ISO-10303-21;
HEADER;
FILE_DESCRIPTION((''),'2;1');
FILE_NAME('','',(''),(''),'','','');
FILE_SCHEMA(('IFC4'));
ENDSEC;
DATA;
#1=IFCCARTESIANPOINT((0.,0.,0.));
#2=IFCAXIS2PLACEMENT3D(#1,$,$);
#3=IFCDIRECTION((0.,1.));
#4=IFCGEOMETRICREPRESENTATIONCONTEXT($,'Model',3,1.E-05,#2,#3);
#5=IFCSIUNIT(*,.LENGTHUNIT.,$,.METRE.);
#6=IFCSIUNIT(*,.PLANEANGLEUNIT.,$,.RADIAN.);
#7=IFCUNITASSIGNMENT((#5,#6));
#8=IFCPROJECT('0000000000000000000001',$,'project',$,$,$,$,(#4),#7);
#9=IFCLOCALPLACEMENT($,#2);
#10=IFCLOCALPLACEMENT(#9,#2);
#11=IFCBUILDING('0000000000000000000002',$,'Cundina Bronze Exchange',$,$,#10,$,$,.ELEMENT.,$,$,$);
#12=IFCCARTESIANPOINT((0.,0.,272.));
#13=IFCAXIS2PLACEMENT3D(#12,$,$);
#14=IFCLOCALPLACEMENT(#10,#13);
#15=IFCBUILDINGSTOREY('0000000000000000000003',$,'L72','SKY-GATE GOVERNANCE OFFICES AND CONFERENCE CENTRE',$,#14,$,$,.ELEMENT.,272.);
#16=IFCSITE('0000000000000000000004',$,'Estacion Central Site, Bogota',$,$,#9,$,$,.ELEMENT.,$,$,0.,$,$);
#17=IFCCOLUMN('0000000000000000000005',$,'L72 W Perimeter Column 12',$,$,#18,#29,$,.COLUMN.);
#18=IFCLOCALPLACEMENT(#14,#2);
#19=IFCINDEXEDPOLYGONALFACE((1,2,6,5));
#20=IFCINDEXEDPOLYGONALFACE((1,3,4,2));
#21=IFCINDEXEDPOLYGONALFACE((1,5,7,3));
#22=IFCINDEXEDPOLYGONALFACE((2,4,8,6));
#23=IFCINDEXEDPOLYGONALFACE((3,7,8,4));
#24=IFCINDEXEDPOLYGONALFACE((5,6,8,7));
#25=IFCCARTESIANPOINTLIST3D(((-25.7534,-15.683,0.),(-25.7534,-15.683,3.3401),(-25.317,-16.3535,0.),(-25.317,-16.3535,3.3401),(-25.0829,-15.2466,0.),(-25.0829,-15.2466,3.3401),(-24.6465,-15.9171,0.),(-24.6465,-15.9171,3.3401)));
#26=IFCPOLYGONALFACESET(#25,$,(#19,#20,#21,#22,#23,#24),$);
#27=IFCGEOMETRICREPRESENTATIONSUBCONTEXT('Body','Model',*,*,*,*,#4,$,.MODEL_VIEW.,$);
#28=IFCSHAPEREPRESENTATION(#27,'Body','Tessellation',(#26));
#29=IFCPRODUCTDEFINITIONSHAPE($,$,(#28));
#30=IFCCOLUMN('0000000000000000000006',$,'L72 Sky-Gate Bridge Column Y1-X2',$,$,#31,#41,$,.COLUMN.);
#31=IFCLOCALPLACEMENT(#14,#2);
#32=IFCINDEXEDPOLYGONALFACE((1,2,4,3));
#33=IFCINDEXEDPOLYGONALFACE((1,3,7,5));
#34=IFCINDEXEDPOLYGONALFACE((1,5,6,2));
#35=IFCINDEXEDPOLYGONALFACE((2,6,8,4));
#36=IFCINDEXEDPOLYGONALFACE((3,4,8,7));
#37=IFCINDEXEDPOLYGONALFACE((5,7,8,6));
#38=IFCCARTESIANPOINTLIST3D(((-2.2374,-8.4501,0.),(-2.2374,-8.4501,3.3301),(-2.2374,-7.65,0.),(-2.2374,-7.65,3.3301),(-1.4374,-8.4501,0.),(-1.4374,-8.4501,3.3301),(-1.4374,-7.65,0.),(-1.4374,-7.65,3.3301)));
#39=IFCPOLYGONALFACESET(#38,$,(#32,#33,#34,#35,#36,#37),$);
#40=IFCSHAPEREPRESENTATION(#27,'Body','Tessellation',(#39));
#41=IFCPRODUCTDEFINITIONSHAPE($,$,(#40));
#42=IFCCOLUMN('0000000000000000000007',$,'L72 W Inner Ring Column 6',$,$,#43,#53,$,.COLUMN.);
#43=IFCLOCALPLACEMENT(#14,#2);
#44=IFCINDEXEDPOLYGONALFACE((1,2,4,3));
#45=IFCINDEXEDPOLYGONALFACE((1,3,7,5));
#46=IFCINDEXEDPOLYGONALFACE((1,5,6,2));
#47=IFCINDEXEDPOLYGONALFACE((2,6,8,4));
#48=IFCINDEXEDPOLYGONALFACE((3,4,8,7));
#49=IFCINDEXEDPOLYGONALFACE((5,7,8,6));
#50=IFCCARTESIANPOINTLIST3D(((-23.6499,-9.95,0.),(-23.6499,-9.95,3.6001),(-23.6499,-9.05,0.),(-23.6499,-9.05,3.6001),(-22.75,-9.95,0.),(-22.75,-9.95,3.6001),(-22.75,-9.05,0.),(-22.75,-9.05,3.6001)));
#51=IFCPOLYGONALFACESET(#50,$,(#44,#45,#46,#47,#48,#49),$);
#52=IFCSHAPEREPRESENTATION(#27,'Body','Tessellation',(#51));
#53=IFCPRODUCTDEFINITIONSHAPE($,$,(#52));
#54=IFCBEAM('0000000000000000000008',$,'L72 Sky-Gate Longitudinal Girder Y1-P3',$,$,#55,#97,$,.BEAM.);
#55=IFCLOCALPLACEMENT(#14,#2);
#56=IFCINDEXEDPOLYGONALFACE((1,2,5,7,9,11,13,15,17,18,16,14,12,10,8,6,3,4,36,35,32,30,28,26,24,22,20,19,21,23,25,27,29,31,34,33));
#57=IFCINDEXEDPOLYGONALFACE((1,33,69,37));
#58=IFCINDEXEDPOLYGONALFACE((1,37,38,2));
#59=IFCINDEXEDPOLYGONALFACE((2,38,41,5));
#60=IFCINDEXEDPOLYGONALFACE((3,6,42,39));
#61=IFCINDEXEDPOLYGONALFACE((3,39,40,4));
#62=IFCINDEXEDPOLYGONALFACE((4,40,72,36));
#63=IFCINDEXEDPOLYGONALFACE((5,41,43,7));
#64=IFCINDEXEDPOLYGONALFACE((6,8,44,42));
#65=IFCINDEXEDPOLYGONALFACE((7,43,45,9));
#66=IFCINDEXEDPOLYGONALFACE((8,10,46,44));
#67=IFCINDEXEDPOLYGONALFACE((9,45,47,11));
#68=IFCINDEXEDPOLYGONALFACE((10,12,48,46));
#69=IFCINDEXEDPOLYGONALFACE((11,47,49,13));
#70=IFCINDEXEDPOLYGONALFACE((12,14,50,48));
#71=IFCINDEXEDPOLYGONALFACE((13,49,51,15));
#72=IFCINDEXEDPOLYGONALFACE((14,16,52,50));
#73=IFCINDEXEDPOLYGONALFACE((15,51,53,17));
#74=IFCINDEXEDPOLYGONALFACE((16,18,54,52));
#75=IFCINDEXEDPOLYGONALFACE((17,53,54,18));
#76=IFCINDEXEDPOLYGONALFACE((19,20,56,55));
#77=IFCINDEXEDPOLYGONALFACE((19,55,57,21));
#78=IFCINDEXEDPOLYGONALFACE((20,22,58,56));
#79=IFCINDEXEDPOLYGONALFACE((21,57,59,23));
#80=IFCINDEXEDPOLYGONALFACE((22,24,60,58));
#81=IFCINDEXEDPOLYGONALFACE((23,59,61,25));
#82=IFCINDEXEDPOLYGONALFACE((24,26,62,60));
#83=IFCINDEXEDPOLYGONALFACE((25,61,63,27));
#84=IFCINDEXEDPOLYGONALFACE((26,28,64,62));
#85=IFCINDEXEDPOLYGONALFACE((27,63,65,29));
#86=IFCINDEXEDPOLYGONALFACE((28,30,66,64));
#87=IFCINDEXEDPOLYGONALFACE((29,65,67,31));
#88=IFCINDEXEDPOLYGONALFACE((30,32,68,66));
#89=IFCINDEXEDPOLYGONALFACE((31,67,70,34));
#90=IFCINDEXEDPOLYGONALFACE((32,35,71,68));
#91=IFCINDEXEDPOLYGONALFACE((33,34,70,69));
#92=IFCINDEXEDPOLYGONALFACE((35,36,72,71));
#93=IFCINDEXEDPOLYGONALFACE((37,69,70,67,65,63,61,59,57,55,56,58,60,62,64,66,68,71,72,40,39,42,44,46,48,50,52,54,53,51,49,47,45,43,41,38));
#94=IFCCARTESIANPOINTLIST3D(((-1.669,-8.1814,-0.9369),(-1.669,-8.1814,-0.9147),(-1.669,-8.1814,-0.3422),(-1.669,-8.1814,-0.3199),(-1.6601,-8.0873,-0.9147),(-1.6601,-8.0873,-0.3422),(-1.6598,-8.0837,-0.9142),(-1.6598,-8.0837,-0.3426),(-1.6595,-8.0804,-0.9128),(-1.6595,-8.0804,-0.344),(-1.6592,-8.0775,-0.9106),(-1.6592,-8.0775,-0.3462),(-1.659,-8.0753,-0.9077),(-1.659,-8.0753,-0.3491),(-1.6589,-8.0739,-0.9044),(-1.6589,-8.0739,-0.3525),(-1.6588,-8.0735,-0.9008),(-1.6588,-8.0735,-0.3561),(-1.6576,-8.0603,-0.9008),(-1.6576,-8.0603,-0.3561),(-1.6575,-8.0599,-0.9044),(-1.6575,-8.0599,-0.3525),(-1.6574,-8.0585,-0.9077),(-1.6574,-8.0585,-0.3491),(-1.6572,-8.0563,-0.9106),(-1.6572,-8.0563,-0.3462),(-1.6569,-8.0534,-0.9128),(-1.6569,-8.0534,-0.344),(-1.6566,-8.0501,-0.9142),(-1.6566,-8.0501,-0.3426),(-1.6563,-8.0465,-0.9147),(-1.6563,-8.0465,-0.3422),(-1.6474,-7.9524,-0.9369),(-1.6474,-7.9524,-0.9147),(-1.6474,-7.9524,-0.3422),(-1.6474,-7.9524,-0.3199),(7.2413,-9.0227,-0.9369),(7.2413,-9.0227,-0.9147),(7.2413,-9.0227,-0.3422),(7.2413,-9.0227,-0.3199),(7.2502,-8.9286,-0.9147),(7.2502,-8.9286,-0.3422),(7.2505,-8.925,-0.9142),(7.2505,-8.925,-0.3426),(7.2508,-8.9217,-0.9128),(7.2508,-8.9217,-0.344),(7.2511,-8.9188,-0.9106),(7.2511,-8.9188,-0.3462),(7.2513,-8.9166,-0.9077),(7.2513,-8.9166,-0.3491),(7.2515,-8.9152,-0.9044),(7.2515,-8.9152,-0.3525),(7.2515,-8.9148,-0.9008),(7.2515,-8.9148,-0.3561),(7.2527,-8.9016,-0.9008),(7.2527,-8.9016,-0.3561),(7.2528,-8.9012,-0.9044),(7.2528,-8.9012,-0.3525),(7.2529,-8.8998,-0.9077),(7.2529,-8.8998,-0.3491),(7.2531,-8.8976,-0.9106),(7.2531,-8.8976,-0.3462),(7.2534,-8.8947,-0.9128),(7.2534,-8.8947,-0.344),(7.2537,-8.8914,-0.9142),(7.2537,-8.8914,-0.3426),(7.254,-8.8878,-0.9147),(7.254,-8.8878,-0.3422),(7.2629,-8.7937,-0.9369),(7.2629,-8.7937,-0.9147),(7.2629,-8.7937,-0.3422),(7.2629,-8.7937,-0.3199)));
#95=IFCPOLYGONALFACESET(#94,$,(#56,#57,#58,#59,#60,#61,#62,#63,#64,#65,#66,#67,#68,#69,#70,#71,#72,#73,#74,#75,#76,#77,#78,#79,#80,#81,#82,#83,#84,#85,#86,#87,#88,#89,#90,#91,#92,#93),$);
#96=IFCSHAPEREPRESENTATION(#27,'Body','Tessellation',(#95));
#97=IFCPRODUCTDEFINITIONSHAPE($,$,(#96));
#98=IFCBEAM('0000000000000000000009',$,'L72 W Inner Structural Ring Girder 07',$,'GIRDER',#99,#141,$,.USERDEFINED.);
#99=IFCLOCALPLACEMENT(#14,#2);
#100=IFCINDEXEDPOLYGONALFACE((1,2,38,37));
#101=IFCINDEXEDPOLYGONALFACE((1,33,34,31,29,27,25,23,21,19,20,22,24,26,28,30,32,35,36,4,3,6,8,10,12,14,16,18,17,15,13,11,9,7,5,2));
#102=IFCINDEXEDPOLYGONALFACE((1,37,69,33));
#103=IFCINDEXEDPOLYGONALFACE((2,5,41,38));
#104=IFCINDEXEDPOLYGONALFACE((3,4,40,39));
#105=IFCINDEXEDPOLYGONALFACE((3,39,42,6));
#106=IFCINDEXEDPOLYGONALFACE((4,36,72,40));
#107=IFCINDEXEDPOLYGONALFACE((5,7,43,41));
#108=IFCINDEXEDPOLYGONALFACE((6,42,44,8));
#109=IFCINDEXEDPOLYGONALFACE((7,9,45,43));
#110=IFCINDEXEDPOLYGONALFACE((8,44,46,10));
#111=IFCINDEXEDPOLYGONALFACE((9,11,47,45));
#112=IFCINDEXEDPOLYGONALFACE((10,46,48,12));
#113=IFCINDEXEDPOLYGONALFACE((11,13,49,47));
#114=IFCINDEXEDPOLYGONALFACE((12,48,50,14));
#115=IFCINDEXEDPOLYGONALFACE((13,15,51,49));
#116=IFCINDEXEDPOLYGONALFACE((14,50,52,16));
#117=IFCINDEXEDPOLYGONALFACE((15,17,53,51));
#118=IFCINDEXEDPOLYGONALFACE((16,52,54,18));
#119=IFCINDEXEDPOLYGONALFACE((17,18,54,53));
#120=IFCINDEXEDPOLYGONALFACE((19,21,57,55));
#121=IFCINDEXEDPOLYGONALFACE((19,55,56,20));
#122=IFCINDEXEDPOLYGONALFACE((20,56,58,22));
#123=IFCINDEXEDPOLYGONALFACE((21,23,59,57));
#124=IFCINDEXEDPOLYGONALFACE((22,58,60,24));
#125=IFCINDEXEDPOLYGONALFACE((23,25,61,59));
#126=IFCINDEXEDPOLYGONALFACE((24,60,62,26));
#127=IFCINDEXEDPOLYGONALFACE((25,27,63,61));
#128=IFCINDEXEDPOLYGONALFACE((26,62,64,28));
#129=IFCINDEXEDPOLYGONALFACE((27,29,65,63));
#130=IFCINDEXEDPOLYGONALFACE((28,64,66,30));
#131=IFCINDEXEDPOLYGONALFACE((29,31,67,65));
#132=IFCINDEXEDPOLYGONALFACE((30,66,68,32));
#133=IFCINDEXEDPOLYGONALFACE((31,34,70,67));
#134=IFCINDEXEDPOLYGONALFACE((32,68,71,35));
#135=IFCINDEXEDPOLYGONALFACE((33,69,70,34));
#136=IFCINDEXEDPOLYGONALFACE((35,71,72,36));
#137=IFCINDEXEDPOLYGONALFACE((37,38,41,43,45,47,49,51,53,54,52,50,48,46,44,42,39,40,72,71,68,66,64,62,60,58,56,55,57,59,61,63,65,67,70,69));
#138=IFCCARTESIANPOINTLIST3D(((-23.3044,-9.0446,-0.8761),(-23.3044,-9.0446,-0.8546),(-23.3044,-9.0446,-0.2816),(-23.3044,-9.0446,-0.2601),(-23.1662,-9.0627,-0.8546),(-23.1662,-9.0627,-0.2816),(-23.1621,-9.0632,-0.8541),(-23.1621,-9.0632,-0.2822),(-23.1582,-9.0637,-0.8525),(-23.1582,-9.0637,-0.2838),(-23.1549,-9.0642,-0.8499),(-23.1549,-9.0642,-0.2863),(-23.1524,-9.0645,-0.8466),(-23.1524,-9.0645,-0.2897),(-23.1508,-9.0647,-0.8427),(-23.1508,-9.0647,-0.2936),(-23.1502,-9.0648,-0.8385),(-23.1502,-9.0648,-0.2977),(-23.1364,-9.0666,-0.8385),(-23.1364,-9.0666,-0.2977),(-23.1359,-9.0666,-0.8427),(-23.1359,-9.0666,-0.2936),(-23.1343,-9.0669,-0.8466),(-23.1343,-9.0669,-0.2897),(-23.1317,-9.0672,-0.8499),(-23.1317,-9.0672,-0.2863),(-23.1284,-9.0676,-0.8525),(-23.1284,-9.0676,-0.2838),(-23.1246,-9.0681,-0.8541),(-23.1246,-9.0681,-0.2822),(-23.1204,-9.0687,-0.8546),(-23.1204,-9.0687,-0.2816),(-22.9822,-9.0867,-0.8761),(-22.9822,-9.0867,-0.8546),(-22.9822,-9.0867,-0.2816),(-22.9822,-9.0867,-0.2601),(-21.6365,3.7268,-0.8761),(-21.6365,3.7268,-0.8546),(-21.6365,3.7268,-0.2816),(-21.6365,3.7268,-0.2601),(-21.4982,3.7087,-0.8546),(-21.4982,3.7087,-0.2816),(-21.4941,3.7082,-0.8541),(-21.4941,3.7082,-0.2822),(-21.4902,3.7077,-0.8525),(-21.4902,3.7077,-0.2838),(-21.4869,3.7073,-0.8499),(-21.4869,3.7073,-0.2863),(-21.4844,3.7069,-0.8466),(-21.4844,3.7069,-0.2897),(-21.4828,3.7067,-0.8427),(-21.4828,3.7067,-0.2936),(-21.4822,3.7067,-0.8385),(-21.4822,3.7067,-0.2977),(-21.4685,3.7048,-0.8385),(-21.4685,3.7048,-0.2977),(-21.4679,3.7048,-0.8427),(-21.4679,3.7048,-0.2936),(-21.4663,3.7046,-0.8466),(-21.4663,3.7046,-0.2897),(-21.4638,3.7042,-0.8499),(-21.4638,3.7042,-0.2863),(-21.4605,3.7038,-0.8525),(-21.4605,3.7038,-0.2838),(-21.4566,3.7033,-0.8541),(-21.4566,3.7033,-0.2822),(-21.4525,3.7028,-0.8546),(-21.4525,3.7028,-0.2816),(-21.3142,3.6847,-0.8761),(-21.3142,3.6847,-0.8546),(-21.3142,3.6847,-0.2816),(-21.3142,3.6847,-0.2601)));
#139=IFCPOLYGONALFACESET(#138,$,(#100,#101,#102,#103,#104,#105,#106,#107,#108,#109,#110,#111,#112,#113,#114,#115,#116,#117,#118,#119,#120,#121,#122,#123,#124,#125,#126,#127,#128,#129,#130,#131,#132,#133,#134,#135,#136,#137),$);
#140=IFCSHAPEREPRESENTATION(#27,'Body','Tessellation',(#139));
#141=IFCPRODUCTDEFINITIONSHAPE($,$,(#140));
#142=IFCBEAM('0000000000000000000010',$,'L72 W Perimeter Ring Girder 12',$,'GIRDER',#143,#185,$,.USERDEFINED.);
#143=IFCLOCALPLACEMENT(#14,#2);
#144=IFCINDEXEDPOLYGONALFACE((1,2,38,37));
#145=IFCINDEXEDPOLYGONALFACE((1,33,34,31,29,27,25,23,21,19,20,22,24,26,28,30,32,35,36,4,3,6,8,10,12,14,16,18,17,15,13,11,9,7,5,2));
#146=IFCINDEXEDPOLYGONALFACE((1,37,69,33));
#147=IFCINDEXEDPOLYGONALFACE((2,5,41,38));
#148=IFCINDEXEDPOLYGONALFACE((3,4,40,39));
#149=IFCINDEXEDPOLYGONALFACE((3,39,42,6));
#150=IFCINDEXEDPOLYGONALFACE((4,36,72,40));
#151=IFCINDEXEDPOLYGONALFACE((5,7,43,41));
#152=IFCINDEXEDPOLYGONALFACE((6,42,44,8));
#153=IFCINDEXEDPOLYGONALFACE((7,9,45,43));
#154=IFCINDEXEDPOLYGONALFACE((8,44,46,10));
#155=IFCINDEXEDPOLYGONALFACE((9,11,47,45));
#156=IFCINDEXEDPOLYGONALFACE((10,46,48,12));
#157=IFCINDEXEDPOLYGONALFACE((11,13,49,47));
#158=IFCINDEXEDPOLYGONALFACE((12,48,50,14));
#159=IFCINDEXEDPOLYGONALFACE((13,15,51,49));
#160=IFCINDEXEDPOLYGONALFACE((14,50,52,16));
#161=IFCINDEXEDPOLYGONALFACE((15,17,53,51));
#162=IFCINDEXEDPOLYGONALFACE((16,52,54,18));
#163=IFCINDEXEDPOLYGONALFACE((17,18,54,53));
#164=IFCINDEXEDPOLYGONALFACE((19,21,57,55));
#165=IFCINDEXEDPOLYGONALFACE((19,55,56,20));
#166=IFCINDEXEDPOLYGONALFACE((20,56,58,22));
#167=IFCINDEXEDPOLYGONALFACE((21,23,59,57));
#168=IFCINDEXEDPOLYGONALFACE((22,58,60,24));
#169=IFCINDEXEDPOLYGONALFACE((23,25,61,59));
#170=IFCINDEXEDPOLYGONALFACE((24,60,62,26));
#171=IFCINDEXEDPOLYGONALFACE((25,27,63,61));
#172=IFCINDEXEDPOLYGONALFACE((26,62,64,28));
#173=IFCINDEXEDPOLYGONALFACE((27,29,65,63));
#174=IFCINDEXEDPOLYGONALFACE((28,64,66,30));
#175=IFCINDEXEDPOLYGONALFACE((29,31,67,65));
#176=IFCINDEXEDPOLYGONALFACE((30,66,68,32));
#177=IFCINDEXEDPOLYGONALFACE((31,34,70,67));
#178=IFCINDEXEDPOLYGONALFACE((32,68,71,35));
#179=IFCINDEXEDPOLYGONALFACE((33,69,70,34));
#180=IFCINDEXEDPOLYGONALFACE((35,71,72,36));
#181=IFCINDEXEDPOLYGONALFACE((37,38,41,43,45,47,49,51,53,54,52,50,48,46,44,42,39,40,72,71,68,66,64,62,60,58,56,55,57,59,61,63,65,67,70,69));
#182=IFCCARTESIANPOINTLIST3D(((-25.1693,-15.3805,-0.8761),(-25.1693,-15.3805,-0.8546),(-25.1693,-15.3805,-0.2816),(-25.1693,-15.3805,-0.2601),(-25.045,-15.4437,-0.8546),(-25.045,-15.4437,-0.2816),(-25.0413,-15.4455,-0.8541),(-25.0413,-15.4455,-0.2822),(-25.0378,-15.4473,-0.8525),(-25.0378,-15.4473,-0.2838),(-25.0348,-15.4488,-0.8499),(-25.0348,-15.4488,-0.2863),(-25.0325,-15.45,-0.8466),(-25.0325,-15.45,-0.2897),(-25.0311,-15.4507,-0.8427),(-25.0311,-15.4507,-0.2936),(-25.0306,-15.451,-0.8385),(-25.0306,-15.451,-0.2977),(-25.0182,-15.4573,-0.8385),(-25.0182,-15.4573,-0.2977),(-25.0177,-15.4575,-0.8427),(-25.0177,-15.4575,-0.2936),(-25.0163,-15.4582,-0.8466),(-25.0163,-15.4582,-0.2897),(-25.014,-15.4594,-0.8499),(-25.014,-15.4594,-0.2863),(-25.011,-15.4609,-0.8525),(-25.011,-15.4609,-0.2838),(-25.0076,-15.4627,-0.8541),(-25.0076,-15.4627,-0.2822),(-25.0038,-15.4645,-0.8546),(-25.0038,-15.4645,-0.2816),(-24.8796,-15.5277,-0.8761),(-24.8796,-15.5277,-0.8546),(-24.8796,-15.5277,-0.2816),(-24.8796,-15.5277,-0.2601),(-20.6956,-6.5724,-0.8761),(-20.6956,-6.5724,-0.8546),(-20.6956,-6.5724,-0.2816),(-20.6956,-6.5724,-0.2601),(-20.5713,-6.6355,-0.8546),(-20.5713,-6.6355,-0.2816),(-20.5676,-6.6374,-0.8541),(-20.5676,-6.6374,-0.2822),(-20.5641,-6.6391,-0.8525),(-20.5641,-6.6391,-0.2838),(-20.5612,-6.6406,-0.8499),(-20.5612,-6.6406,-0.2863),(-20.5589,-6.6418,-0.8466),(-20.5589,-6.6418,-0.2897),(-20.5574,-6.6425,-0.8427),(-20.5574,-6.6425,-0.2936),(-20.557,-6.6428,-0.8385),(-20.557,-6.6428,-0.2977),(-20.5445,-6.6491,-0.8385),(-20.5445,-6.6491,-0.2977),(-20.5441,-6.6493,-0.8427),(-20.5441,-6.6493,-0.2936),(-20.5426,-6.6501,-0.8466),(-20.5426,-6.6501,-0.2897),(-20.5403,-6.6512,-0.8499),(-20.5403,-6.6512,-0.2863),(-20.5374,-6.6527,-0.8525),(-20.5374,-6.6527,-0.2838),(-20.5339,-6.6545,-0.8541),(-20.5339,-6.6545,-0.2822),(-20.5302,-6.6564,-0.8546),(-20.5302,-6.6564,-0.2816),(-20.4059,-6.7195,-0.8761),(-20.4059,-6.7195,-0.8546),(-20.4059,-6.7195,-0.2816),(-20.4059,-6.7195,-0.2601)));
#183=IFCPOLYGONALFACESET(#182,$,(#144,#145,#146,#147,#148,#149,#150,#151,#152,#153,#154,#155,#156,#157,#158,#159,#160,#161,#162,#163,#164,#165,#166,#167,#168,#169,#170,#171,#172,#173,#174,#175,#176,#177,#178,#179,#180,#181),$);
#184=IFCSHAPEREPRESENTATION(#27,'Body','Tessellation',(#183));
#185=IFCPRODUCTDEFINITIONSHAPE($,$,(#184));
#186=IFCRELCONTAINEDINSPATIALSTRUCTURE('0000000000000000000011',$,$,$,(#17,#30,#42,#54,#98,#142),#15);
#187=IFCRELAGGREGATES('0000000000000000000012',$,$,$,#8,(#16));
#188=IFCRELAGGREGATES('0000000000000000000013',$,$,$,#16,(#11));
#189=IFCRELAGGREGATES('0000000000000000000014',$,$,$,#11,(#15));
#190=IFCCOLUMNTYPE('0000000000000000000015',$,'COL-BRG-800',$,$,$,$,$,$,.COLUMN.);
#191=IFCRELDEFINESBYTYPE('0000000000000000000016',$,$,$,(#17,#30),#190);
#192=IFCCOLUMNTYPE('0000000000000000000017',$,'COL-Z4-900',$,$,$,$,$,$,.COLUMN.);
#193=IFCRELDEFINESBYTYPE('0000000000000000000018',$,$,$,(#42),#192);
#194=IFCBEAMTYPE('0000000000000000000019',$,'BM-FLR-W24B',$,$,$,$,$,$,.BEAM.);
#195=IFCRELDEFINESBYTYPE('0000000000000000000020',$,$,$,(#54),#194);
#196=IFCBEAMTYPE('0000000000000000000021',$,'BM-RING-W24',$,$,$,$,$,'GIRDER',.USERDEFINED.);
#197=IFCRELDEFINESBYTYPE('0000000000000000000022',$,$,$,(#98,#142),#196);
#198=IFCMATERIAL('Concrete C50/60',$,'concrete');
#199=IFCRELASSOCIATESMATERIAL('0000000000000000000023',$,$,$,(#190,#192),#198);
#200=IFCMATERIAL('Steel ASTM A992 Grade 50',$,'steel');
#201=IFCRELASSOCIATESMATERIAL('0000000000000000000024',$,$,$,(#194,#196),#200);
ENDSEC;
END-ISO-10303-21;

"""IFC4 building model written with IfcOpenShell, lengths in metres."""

from ifc_helpers import new_model, si_unit, direction, frame, origin, origin_2d, place, context, subcontext, project, spatial, rectangle, i_section, extrude, material, material_profile, profile_set, type_object, element, save


model = new_model("IFC4")

# Units and contexts
model_context = context("Model", 3, precision=1e-05, world=origin(), true_north=direction((0.0, 1.0)))
body_context = subcontext(model_context, "Body", "Model", "MODEL_VIEW")
ifc_project = project(units=[si_unit("LENGTHUNIT", "METRE"), si_unit("PLANEANGLEUNIT", "RADIAN")], contexts=[model_context])

# Site, building, storey
site_placement = place(None, origin())
site = spatial("IfcSite", under=ifc_project, at=site_placement, Name="Estacion Central Site, Bogota", CompositionType="ELEMENT", RefElevation=0.0)
building_placement = place(site_placement, origin())
building = spatial("IfcBuilding", under=site, at=building_placement, Name="Cundina Bronze Exchange", CompositionType="ELEMENT")
storey_placement = place(building_placement, frame((0.0, 0.0, 272.0)))
storey = spatial("IfcBuildingStorey", under=building, at=storey_placement, Name="L72", Description="SKY-GATE GOVERNANCE OFFICES AND CONFERENCE CENTRE", CompositionType="ELEMENT", Elevation=272.0)

# Columns
ifc_material_1 = material(Name="Concrete C50/60", Category="concrete")
ifc_material_profile_1 = material_profile(ifc_material_1, rectangle(XDim=0.8, YDim=0.8, at=origin_2d()), Name="RC800X800", Category="concrete")
ifc_profile_set_1 = profile_set([ifc_material_profile_1], Name="Concrete C50/60")
column_type_1 = type_object("IfcColumnType", Name="COL-BRG-800", PredefinedType="COLUMN", material=ifc_profile_set_1)
column_1_placement = place(storey_placement, frame((-25.2, -15.8, 0.0), z_axis=(0.0, 0.0, 1.0), x_axis=(0.8381, 0.545517, 0.0)))
element("IfcColumn", 1, at=column_1_placement, inside=storey, type_object=column_type_1, Name="L72 W Perimeter Column 12", PredefinedType="COLUMN", context=body_context, shape_type="SweptSolid", body=[
    extrude(rectangle(XDim=0.8, YDim=0.8, at=origin_2d()), origin(), (0.0, 0.0, 1.0), 3.3401),
])
column_2_placement = place(storey_placement, frame((-1.8374, -8.05, 0.0), z_axis=(0.0, 0.0, 1.0), x_axis=(1.0, 0.0, 0.0)))
element("IfcColumn", 2, at=column_2_placement, inside=storey, type_object=column_type_1, Name="L72 Sky-Gate Bridge Column Y1-X2", PredefinedType="COLUMN", context=body_context, shape_type="SweptSolid", body=[
    extrude(rectangle(XDim=0.8, YDim=0.8, at=origin_2d()), origin(), (0.0, 0.0, 1.0), 3.3301),
])
ifc_material_profile_2 = material_profile(ifc_material_1, rectangle(XDim=0.8999, YDim=0.8999, at=origin_2d()), Name="RC900X900", Category="concrete")
ifc_profile_set_2 = profile_set([ifc_material_profile_2], Name="Concrete C50/60")
column_type_2 = type_object("IfcColumnType", Name="COL-Z4-900", PredefinedType="COLUMN", material=ifc_profile_set_2)
column_3_placement = place(storey_placement, frame((-23.2, -9.5, 0.0), z_axis=(0.0, 0.0, 1.0), x_axis=(1.0, 0.0, 0.0)))
element("IfcColumn", 3, at=column_3_placement, inside=storey, type_object=column_type_2, Name="L72 W Inner Ring Column 6", PredefinedType="COLUMN", context=body_context, shape_type="SweptSolid", body=[
    extrude(rectangle(XDim=0.8999, YDim=0.8999, at=origin_2d()), origin(), (0.0, 0.0, 1.0), 3.6001),
])

# Beams
ifc_material_2 = material(Name="Steel ASTM A992 Grade 50", Category="steel")
ifc_material_profile_3 = material_profile(ifc_material_2, i_section(OverallWidth=0.23, OverallDepth=0.6169, WebThickness=0.0132, FlangeThickness=0.0222, FilletRadius=0.0139, at=origin_2d()), Name="W24X94", Category="steel")
ifc_profile_set_3 = profile_set([ifc_material_profile_3], Name="Steel ASTM A992 Grade 50")
beam_type_1 = type_object("IfcBeamType", Name="BM-FLR-W24B", PredefinedType="BEAM", material=ifc_profile_set_3)
beam_1_placement = place(storey_placement, frame((-1.6582, -8.0669, -0.6284), z_axis=(0.995572, -0.094001, 0.0), x_axis=(0.094001, 0.995572, 0.0)))
element("IfcBeam", 4, at=beam_1_placement, inside=storey, type_object=beam_type_1, Name="L72 Sky-Gate Longitudinal Girder Y1-P3", PredefinedType="BEAM", context=body_context, shape_type="SweptSolid", body=[
    extrude(i_section(OverallWidth=0.23, OverallDepth=0.6169, WebThickness=0.0132, FlangeThickness=0.0222, FilletRadius=0.0139, at=origin_2d()), origin(), (0.0, 0.0, 1.0), 8.95),
])
ifc_material_profile_4 = material_profile(ifc_material_2, i_section(OverallWidth=0.325, OverallDepth=0.616, WebThickness=0.0139, FlangeThickness=0.0215, FilletRadius=0.0161, at=origin_2d()), Name="W24X117", Category="steel")
ifc_profile_set_4 = profile_set([ifc_material_profile_4], Name="Steel ASTM A992 Grade 50")
beam_type_2 = type_object("IfcBeamType", Name="BM-RING-W24", ElementType="GIRDER", PredefinedType="USERDEFINED", material=ifc_profile_set_4)
beam_2_placement = place(storey_placement, frame((-23.1433, -9.0657, -0.5681), z_axis=(0.129501, 0.991579, 0.0), x_axis=(-0.991579, 0.129501, 0.0)))
element("IfcBeam", 5, at=beam_2_placement, inside=storey, type_object=beam_type_2, Name="L72 W Inner Structural Ring Girder 07", ObjectType="GIRDER", PredefinedType="USERDEFINED", context=body_context, shape_type="SweptSolid", body=[
    extrude(i_section(OverallWidth=0.325, OverallDepth=0.616, WebThickness=0.0139, FlangeThickness=0.0215, FilletRadius=0.0161, at=origin_2d()), origin(), (0.0, 0.0, 1.0), 12.8799),
])
beam_3_placement = place(storey_placement, frame((-25.0244, -15.4541, -0.5681), z_axis=(0.452839, 0.891592, 0.0), x_axis=(-0.891592, 0.452839, 0.0)))
element("IfcBeam", 6, at=beam_3_placement, inside=storey, type_object=beam_type_2, Name="L72 W Perimeter Ring Girder 12", ObjectType="GIRDER", PredefinedType="USERDEFINED", context=body_context, shape_type="SweptSolid", body=[
    extrude(i_section(OverallWidth=0.325, OverallDepth=0.616, WebThickness=0.0139, FlangeThickness=0.0215, FilletRadius=0.0161, at=origin_2d()), origin(), (0.0, 0.0, 1.0), 9.8792),
])

save(model, "model.ifc")
